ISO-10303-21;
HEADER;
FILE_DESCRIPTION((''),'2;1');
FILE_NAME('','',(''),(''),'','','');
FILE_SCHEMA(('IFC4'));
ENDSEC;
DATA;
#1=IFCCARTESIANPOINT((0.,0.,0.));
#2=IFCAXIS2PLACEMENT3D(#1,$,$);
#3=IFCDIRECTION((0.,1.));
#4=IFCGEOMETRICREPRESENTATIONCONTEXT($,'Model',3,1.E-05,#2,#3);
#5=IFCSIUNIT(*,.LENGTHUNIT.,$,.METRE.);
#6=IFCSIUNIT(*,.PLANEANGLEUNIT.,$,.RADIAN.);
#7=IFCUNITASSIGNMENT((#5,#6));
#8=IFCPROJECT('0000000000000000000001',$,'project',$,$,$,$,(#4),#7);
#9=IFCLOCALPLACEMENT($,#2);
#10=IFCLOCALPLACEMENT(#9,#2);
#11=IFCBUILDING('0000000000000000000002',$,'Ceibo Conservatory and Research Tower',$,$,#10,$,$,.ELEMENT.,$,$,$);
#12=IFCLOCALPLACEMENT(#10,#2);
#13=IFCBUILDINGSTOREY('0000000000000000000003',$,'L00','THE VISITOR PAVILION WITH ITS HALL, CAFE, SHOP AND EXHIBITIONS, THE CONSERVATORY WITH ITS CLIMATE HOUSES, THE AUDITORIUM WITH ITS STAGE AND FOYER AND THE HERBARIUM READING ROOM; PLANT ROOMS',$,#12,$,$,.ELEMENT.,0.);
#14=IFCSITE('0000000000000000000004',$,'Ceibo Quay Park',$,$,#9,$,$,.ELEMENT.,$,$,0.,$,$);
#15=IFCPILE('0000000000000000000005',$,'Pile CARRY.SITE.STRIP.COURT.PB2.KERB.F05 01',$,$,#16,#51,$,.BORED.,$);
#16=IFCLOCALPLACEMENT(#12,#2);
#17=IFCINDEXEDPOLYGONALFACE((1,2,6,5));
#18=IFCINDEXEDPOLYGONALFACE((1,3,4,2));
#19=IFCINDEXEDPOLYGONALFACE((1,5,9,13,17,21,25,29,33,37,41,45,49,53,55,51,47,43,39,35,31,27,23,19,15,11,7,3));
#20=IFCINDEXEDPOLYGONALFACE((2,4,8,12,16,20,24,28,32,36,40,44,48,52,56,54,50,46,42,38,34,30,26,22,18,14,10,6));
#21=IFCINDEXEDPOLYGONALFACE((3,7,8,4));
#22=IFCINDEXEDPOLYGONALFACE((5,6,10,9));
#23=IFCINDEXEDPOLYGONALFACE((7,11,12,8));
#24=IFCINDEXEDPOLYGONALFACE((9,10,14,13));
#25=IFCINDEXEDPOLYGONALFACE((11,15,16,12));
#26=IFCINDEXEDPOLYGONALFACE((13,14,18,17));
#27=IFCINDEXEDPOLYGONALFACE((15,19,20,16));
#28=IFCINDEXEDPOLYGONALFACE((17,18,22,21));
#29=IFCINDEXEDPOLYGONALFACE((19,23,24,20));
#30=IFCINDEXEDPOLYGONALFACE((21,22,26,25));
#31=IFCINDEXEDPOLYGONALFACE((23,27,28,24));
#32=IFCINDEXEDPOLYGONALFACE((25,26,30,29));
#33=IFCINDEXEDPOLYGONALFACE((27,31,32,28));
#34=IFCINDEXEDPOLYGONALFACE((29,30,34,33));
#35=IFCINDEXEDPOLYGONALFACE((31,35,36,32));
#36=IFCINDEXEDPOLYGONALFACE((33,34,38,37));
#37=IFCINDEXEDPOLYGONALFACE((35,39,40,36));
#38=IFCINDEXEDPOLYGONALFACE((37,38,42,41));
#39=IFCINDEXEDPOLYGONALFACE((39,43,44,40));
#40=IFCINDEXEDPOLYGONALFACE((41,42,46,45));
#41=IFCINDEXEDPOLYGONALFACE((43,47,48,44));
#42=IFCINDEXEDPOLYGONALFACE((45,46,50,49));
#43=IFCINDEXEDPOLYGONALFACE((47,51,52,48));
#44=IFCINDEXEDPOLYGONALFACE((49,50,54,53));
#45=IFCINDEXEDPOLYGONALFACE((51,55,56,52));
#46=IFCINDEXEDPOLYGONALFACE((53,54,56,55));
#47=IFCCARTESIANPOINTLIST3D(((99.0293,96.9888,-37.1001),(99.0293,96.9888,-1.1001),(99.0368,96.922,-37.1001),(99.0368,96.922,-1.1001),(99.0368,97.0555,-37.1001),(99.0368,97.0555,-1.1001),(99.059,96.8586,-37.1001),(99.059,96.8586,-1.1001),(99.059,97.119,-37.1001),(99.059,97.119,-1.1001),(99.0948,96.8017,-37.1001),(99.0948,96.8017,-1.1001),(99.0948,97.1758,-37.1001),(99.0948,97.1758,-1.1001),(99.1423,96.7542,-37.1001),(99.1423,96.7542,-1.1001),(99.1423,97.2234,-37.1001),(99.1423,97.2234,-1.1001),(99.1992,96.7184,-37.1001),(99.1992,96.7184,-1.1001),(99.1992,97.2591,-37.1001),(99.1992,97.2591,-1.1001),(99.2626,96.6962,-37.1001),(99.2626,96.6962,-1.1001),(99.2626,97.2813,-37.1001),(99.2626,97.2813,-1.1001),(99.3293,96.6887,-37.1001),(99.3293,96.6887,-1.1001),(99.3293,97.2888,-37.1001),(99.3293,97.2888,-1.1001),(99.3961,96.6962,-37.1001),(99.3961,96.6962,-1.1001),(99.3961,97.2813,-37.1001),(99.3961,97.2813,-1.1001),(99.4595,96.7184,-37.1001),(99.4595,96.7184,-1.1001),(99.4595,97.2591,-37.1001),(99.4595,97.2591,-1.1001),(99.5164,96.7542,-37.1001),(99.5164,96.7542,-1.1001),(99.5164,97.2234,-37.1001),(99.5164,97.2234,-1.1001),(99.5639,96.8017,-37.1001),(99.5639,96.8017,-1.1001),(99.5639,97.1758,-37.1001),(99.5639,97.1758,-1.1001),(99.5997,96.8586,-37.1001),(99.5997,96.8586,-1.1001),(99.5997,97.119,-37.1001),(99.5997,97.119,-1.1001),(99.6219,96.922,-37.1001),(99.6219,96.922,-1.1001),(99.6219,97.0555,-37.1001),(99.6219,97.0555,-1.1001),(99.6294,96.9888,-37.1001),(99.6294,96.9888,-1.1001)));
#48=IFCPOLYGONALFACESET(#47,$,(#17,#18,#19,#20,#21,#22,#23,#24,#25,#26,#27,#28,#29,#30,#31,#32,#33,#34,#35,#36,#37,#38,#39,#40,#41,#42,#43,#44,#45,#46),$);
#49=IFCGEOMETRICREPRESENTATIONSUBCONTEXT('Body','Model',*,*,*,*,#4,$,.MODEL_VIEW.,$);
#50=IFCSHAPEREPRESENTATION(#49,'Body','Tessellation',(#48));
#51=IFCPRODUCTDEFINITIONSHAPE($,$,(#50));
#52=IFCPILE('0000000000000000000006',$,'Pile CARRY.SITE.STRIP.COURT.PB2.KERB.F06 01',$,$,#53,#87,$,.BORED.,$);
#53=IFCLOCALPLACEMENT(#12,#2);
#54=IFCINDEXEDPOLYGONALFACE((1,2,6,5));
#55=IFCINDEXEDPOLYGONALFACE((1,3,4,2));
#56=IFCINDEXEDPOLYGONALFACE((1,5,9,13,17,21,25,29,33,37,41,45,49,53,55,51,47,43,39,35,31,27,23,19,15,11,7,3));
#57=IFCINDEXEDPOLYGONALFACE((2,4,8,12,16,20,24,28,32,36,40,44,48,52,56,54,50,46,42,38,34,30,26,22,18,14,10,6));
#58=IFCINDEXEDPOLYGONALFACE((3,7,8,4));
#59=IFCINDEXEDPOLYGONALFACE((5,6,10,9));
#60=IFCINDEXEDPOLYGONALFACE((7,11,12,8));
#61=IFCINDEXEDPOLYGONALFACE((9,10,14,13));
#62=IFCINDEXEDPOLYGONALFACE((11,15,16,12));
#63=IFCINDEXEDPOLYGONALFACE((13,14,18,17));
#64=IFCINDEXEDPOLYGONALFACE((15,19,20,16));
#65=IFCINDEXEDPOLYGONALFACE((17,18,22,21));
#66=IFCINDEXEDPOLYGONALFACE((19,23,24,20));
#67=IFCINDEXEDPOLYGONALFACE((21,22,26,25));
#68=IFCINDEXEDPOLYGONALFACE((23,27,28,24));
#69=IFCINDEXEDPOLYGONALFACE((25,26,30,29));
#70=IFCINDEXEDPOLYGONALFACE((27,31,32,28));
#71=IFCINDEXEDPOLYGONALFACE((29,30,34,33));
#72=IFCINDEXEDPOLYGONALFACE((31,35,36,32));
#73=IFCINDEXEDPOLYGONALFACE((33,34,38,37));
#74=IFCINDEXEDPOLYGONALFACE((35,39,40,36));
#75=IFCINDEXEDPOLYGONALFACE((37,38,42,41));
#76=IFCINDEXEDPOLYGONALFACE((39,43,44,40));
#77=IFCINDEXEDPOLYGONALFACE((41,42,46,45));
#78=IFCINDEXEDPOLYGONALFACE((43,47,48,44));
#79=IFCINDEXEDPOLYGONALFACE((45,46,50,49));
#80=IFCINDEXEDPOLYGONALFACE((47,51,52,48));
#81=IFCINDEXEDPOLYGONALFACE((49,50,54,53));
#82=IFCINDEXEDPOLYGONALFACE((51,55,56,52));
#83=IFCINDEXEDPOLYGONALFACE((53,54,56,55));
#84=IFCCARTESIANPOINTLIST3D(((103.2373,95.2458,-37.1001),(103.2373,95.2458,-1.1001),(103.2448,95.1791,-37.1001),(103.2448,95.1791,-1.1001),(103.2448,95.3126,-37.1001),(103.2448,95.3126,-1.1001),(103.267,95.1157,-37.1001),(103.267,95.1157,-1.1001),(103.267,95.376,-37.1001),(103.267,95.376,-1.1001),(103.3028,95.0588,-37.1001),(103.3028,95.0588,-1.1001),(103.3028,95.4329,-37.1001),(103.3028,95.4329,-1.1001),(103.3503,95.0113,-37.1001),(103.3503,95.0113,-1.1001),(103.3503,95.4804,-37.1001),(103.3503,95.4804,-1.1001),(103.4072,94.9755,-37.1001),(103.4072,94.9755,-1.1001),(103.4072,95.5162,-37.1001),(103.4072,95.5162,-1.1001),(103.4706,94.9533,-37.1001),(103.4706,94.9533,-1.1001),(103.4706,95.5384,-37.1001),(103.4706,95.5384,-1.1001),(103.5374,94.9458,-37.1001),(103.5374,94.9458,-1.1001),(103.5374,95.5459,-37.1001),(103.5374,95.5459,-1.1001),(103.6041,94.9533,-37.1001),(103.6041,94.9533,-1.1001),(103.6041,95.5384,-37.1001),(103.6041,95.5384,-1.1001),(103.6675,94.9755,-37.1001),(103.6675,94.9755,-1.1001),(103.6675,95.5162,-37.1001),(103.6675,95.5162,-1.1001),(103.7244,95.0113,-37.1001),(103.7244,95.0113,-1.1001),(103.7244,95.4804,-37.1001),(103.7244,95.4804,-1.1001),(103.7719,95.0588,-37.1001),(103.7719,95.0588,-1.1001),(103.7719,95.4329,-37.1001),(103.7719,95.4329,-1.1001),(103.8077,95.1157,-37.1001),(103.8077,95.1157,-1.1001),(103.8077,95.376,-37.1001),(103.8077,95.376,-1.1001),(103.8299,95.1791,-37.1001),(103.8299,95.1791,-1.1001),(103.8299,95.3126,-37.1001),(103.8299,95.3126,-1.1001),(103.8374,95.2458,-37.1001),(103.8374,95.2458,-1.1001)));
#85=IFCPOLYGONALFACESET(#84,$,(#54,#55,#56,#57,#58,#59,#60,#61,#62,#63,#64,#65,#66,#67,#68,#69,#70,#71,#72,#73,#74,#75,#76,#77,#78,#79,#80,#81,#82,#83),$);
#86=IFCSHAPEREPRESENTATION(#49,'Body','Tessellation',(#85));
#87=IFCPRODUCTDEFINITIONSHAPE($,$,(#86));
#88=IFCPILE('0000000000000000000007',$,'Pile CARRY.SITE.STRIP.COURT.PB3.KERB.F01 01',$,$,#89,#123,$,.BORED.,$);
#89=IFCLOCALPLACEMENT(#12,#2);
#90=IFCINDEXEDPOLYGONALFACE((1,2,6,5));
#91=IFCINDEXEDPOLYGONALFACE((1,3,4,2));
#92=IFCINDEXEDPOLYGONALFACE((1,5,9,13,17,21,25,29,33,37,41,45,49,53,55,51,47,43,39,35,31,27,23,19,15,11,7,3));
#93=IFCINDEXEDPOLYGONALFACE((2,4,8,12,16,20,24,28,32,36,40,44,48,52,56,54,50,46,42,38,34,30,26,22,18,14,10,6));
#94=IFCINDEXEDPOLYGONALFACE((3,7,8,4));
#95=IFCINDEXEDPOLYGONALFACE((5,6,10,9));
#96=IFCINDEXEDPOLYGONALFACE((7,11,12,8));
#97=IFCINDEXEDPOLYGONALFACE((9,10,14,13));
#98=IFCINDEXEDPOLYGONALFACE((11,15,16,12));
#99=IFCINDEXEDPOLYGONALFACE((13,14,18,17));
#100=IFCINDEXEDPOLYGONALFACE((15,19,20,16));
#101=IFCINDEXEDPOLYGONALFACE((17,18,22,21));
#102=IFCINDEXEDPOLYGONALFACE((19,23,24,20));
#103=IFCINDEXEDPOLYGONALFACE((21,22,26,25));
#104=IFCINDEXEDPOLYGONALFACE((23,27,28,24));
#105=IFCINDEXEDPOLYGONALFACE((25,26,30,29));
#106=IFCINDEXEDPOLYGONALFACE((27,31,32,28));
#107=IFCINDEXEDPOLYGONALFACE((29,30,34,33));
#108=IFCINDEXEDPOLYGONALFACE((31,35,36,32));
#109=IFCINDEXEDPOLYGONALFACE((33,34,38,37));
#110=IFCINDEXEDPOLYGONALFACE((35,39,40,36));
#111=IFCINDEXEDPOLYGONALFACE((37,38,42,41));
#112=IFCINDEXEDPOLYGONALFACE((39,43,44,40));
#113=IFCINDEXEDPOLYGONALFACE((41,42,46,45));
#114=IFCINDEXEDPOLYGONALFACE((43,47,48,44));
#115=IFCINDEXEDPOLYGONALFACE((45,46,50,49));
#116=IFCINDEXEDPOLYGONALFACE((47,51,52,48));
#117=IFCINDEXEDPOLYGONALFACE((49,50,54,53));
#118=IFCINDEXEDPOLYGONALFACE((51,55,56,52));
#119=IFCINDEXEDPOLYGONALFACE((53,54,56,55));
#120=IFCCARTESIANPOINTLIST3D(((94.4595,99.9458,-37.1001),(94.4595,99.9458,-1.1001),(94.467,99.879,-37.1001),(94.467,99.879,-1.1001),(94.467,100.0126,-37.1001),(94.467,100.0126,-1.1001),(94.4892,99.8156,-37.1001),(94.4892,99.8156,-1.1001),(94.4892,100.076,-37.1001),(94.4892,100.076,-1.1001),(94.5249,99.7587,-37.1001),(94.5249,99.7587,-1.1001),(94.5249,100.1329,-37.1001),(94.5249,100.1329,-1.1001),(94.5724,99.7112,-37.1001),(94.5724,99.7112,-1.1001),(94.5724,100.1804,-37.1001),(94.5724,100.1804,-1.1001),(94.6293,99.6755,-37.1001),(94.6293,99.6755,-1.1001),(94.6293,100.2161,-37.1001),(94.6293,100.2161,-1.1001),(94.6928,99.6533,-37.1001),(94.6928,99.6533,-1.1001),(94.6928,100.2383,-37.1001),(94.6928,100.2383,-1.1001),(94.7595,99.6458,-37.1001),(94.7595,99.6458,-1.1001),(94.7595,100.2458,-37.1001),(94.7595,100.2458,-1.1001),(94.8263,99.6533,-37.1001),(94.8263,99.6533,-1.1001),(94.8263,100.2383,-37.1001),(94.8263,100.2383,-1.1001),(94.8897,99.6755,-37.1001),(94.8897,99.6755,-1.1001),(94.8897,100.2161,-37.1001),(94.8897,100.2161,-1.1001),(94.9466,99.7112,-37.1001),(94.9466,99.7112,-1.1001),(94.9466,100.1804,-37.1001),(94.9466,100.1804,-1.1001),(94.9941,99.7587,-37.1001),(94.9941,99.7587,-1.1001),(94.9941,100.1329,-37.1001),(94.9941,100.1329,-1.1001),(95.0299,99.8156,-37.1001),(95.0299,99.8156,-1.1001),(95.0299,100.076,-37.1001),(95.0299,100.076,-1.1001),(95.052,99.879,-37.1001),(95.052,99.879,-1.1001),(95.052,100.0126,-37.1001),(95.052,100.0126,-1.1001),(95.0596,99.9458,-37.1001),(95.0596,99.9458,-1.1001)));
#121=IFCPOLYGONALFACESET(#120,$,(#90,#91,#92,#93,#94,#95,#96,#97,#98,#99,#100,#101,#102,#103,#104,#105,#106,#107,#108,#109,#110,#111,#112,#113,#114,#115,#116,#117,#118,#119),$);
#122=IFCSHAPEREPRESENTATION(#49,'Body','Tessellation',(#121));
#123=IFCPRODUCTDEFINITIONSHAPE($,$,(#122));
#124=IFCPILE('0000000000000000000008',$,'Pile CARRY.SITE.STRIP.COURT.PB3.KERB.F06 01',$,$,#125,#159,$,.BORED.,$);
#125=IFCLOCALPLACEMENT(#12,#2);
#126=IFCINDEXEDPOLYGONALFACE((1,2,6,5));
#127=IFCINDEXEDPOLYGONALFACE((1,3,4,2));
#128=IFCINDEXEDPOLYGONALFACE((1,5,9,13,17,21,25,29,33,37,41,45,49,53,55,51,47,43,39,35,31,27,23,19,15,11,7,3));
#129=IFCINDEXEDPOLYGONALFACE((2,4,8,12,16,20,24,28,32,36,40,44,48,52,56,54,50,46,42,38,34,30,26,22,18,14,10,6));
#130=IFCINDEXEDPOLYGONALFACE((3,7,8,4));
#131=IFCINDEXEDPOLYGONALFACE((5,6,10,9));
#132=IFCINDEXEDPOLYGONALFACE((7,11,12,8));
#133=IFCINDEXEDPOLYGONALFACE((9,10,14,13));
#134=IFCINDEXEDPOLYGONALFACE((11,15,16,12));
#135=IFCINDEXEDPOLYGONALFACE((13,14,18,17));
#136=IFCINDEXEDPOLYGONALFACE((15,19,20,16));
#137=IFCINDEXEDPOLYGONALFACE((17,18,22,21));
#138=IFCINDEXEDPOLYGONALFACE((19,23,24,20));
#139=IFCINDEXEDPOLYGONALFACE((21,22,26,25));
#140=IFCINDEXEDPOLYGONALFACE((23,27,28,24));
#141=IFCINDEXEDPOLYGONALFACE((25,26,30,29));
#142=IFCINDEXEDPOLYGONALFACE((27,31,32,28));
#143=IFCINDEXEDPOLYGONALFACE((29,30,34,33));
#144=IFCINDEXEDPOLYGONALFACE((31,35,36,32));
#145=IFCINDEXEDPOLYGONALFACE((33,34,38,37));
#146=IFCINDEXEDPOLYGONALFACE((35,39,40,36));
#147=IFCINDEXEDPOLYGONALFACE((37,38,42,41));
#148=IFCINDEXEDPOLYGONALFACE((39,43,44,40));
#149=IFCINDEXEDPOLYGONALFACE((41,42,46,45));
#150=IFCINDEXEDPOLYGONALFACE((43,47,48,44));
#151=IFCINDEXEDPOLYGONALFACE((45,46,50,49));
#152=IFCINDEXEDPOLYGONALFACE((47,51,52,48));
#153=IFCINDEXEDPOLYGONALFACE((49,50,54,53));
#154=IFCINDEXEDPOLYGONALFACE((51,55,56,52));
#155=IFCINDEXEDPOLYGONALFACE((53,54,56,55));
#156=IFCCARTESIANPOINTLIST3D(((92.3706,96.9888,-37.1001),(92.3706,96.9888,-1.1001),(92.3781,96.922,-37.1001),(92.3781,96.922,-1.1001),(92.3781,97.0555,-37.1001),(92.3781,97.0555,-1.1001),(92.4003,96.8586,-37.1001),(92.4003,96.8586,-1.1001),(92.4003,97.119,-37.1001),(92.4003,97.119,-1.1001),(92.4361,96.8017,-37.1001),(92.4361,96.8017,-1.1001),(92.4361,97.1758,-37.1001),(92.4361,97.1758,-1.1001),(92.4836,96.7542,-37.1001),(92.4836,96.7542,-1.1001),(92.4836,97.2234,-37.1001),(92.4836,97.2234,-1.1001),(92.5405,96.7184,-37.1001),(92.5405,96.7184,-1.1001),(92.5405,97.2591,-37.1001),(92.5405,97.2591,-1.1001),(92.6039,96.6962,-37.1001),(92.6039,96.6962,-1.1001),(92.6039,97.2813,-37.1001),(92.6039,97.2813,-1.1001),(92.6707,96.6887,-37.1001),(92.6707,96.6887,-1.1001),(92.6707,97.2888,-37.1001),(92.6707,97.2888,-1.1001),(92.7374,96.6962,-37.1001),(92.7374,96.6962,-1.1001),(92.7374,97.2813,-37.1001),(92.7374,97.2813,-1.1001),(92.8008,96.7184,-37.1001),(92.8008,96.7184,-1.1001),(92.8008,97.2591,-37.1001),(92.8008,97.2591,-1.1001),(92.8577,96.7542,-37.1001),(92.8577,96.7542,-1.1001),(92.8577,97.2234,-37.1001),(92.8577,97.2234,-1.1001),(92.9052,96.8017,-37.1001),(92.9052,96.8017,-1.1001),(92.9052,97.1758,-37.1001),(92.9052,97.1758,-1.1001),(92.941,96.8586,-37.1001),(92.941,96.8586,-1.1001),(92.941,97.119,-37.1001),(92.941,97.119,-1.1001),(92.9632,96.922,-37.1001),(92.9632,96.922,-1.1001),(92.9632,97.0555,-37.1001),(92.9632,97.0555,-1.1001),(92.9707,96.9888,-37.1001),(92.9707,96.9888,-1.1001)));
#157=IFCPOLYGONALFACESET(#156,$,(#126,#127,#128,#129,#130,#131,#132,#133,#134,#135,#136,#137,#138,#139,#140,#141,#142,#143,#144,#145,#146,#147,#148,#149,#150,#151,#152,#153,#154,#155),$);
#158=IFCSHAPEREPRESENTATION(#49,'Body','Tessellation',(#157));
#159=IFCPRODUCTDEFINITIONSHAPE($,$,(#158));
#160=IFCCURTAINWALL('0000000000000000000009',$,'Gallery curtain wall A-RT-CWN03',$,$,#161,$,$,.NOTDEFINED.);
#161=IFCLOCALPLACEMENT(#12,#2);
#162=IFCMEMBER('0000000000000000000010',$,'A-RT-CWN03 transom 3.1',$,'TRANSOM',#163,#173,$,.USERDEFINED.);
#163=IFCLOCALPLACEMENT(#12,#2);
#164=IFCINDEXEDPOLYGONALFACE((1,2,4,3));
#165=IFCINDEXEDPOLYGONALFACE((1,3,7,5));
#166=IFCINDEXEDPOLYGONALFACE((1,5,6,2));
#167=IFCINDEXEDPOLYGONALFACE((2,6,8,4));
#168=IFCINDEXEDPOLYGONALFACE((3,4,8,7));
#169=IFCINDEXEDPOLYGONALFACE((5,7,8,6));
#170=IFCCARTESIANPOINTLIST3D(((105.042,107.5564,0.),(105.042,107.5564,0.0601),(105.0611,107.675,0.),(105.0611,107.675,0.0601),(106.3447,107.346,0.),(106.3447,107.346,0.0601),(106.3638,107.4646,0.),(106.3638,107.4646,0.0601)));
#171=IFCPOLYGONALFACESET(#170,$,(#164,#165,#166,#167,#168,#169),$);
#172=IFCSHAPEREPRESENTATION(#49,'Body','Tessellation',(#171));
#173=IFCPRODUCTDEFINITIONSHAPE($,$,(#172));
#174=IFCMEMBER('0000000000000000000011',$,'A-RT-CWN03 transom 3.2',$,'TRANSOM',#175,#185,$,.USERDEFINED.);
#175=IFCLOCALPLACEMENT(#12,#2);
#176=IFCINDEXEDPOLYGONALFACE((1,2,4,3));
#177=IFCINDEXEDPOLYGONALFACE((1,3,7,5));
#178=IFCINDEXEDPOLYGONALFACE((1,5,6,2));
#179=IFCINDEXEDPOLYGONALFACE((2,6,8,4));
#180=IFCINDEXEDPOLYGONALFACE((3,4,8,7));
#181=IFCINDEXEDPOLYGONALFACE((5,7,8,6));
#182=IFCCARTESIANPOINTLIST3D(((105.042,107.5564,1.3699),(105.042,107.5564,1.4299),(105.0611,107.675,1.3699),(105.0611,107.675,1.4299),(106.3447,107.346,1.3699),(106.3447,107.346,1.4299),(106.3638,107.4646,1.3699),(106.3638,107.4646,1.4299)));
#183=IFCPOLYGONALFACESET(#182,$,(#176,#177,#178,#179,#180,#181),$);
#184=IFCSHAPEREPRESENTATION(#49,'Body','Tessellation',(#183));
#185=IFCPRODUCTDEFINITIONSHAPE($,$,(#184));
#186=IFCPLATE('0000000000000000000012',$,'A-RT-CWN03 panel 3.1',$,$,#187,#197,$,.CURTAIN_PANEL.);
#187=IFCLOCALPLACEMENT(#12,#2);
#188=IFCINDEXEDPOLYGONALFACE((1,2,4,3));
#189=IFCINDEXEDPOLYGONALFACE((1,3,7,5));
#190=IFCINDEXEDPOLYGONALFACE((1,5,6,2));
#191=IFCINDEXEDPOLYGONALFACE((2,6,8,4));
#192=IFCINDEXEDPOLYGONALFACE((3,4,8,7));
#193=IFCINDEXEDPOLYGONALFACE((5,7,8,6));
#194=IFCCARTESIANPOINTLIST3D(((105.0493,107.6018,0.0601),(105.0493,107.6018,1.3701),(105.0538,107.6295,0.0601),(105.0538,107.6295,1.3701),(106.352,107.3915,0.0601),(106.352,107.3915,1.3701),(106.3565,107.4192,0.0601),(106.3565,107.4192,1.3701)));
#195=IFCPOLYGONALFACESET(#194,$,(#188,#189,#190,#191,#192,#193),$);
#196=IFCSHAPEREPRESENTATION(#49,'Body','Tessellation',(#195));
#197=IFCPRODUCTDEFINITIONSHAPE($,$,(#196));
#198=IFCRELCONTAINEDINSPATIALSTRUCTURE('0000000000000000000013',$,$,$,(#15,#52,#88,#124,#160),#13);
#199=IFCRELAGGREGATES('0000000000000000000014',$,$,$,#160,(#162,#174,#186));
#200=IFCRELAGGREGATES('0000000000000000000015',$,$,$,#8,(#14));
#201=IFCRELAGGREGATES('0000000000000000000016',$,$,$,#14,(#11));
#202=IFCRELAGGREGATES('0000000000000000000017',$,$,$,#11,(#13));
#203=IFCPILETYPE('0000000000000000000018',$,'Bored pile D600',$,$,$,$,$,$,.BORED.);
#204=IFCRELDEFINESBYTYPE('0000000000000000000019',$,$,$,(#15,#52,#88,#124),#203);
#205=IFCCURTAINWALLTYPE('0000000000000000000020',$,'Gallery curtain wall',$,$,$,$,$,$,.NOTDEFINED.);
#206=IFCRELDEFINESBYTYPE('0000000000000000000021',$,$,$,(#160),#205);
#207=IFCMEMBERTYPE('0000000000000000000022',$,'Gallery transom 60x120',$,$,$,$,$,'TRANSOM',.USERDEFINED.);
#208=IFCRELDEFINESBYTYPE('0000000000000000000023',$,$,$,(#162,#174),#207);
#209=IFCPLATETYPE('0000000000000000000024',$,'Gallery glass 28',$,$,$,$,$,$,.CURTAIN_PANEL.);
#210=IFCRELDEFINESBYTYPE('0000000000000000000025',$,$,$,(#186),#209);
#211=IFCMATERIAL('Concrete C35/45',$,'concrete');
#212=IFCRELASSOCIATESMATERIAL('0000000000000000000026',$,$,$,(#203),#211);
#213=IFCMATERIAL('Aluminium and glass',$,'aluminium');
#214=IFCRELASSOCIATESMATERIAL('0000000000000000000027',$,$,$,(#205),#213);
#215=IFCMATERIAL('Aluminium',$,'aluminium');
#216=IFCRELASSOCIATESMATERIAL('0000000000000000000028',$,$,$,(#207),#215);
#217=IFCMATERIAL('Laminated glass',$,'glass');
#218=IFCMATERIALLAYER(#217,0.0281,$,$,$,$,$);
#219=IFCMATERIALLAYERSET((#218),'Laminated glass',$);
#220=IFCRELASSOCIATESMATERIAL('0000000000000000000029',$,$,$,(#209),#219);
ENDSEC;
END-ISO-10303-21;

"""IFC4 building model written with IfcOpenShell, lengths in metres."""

from ifc_helpers import new_model, si_unit, direction, frame, origin, origin_2d, place, context, subcontext, project, spatial, rectangle, circle, extrude, material, layer, layer_set, material_profile, profile_set, type_object, element, aggregate, save


model = new_model("IFC4")

# Units and contexts
model_context = context("Model", 3, precision=1e-05, world=origin(), true_north=direction((0.0, 1.0)))
body_context = subcontext(model_context, "Body", "Model", "MODEL_VIEW")
ifc_project = project(units=[si_unit("LENGTHUNIT", "METRE"), si_unit("PLANEANGLEUNIT", "RADIAN")], contexts=[model_context])

# Site, building, storey
site_placement = place(None, origin())
site = spatial("IfcSite", under=ifc_project, at=site_placement, Name="Ceibo Quay Park", CompositionType="ELEMENT", RefElevation=0.0)
building_placement = place(site_placement, origin())
building = spatial("IfcBuilding", under=site, at=building_placement, Name="Ceibo Conservatory and Research Tower", CompositionType="ELEMENT")
storey_placement = place(building_placement, origin())
storey = spatial("IfcBuildingStorey", under=building, at=storey_placement, Name="L00", Description="THE VISITOR PAVILION WITH ITS HALL, CAFE, SHOP AND EXHIBITIONS, THE CONSERVATORY WITH ITS CLIMATE HOUSES, THE AUDITORIUM WITH ITS STAGE AND FOYER AND THE HERBARIUM READING ROOM; PLANT ROOMS", CompositionType="ELEMENT", Elevation=0.0)

# Piles
ifc_material_1 = material(Name="Concrete C35/45", Category="concrete")
ifc_material_profile_1 = material_profile(ifc_material_1, circle(Radius=0.3, at=origin_2d()), Name="RC D600")
ifc_profile_set_1 = profile_set([ifc_material_profile_1], Name="Concrete C35/45")
pile_type = type_object("IfcPileType", Name="Bored pile D600", PredefinedType="BORED", material=ifc_profile_set_1)
for number, where, z_axis, x_axis, name in (
    (1, (99.3293, 96.9888, -1.1001), (0.0, 0.0, -1.0), (1.0, 0.0, 0.0), "Pile CARRY.SITE.STRIP.COURT.PB2.KERB.F05 01"),
    (2, (103.5374, 95.2458, -1.1001), (0.0, 0.0, -1.0), (1.0, 0.0, 0.0), "Pile CARRY.SITE.STRIP.COURT.PB2.KERB.F06 01"),
    (3, (94.7595, 99.9458, -1.1001), (0.0, 0.0, -1.0), (1.0, 0.0, 0.0), "Pile CARRY.SITE.STRIP.COURT.PB3.KERB.F01 01"),
    (4, (92.6707, 96.9888, -1.1001), (0.0, 0.0, -1.0), (1.0, 0.0, 0.0), "Pile CARRY.SITE.STRIP.COURT.PB3.KERB.F06 01"),
):
    element("IfcPile", number, at=place(storey_placement, frame(where, z_axis=z_axis, x_axis=x_axis)), inside=storey, type_object=pile_type, Name=name, PredefinedType="BORED", context=body_context, shape_type="SweptSolid", body=[
        extrude(circle(Radius=0.3, at=origin_2d()), origin(), (0.0, 0.0, 1.0), 36.0),
    ])

# Curtain wall, members, plate
ifc_material_2 = material(Name="Aluminium and glass", Category="aluminium")
curtain_wall_type = type_object("IfcCurtainWallType", Name="Gallery curtain wall", PredefinedType="NOTDEFINED", material=ifc_material_2)
curtain_wall_placement = place(storey_placement, origin())
curtain_wall = element("IfcCurtainWall", 5, at=curtain_wall_placement, inside=storey, type_object=curtain_wall_type, Name="Gallery curtain wall A-RT-CWN03", PredefinedType="NOTDEFINED")
ifc_material_3 = material(Name="Aluminium", Category="aluminium")
ifc_material_profile_2 = material_profile(ifc_material_3, rectangle(XDim=0.1201, YDim=0.0601, at=origin_2d()), Name="AL 60x120")
ifc_profile_set_2 = profile_set([ifc_material_profile_2], Name="Aluminium")
member_type = type_object("IfcMemberType", Name="Gallery transom 60x120", ElementType="TRANSOM", PredefinedType="USERDEFINED", material=ifc_profile_set_2)
member_1_placement = place(storey_placement, frame((106.3542, 107.4053, 0.03), z_axis=(-0.987202, 0.159477, 0.0), x_axis=(-0.159477, -0.987202, 0.0)))
member_1 = element("IfcMember", 6, at=member_1_placement, type_object=member_type, Name="A-RT-CWN03 transom 3.1", ObjectType="TRANSOM", PredefinedType="USERDEFINED", context=body_context, shape_type="SweptSolid", body=[
    extrude(rectangle(XDim=0.1201, YDim=0.0601, at=origin_2d()), origin(), (0.0, 0.0, 1.0), 1.3196),
])
member_2_placement = place(storey_placement, frame((106.3542, 107.4053, 1.3999), z_axis=(-0.987202, 0.159477, 0.0), x_axis=(-0.159477, -0.987202, 0.0)))
member_2 = element("IfcMember", 7, at=member_2_placement, type_object=member_type, Name="A-RT-CWN03 transom 3.2", ObjectType="TRANSOM", PredefinedType="USERDEFINED", context=body_context, shape_type="SweptSolid", body=[
    extrude(rectangle(XDim=0.1201, YDim=0.0601, at=origin_2d()), origin(), (0.0, 0.0, 1.0), 1.3196),
])
ifc_material_4 = material(Name="Laminated glass", Category="glass")
ifc_layer_1 = layer(ifc_material_4, 0.0281)
ifc_layer_set_1 = layer_set([ifc_layer_1], Name="Laminated glass")
plate_type = type_object("IfcPlateType", Name="Gallery glass 28", PredefinedType="CURTAIN_PANEL", material=ifc_layer_set_1)
plate_1_placement = place(storey_placement, frame((105.7029, 107.5105, 0.0601), z_axis=(0.0, 0.0, 1.0), x_axis=(-0.987216, 0.159391, 0.0)))
plate_1 = element("IfcPlate", 8, at=plate_1_placement, type_object=plate_type, Name="A-RT-CWN03 panel 3.1", PredefinedType="CURTAIN_PANEL", context=body_context, shape_type="SweptSolid", body=[
    extrude(rectangle(XDim=1.3196, YDim=0.0281, at=origin_2d()), origin(), (0.0, 0.0, 1.0), 1.3101),
])
aggregate(curtain_wall, [member_1, member_2, plate_1])

save(model, "model.ifc")
